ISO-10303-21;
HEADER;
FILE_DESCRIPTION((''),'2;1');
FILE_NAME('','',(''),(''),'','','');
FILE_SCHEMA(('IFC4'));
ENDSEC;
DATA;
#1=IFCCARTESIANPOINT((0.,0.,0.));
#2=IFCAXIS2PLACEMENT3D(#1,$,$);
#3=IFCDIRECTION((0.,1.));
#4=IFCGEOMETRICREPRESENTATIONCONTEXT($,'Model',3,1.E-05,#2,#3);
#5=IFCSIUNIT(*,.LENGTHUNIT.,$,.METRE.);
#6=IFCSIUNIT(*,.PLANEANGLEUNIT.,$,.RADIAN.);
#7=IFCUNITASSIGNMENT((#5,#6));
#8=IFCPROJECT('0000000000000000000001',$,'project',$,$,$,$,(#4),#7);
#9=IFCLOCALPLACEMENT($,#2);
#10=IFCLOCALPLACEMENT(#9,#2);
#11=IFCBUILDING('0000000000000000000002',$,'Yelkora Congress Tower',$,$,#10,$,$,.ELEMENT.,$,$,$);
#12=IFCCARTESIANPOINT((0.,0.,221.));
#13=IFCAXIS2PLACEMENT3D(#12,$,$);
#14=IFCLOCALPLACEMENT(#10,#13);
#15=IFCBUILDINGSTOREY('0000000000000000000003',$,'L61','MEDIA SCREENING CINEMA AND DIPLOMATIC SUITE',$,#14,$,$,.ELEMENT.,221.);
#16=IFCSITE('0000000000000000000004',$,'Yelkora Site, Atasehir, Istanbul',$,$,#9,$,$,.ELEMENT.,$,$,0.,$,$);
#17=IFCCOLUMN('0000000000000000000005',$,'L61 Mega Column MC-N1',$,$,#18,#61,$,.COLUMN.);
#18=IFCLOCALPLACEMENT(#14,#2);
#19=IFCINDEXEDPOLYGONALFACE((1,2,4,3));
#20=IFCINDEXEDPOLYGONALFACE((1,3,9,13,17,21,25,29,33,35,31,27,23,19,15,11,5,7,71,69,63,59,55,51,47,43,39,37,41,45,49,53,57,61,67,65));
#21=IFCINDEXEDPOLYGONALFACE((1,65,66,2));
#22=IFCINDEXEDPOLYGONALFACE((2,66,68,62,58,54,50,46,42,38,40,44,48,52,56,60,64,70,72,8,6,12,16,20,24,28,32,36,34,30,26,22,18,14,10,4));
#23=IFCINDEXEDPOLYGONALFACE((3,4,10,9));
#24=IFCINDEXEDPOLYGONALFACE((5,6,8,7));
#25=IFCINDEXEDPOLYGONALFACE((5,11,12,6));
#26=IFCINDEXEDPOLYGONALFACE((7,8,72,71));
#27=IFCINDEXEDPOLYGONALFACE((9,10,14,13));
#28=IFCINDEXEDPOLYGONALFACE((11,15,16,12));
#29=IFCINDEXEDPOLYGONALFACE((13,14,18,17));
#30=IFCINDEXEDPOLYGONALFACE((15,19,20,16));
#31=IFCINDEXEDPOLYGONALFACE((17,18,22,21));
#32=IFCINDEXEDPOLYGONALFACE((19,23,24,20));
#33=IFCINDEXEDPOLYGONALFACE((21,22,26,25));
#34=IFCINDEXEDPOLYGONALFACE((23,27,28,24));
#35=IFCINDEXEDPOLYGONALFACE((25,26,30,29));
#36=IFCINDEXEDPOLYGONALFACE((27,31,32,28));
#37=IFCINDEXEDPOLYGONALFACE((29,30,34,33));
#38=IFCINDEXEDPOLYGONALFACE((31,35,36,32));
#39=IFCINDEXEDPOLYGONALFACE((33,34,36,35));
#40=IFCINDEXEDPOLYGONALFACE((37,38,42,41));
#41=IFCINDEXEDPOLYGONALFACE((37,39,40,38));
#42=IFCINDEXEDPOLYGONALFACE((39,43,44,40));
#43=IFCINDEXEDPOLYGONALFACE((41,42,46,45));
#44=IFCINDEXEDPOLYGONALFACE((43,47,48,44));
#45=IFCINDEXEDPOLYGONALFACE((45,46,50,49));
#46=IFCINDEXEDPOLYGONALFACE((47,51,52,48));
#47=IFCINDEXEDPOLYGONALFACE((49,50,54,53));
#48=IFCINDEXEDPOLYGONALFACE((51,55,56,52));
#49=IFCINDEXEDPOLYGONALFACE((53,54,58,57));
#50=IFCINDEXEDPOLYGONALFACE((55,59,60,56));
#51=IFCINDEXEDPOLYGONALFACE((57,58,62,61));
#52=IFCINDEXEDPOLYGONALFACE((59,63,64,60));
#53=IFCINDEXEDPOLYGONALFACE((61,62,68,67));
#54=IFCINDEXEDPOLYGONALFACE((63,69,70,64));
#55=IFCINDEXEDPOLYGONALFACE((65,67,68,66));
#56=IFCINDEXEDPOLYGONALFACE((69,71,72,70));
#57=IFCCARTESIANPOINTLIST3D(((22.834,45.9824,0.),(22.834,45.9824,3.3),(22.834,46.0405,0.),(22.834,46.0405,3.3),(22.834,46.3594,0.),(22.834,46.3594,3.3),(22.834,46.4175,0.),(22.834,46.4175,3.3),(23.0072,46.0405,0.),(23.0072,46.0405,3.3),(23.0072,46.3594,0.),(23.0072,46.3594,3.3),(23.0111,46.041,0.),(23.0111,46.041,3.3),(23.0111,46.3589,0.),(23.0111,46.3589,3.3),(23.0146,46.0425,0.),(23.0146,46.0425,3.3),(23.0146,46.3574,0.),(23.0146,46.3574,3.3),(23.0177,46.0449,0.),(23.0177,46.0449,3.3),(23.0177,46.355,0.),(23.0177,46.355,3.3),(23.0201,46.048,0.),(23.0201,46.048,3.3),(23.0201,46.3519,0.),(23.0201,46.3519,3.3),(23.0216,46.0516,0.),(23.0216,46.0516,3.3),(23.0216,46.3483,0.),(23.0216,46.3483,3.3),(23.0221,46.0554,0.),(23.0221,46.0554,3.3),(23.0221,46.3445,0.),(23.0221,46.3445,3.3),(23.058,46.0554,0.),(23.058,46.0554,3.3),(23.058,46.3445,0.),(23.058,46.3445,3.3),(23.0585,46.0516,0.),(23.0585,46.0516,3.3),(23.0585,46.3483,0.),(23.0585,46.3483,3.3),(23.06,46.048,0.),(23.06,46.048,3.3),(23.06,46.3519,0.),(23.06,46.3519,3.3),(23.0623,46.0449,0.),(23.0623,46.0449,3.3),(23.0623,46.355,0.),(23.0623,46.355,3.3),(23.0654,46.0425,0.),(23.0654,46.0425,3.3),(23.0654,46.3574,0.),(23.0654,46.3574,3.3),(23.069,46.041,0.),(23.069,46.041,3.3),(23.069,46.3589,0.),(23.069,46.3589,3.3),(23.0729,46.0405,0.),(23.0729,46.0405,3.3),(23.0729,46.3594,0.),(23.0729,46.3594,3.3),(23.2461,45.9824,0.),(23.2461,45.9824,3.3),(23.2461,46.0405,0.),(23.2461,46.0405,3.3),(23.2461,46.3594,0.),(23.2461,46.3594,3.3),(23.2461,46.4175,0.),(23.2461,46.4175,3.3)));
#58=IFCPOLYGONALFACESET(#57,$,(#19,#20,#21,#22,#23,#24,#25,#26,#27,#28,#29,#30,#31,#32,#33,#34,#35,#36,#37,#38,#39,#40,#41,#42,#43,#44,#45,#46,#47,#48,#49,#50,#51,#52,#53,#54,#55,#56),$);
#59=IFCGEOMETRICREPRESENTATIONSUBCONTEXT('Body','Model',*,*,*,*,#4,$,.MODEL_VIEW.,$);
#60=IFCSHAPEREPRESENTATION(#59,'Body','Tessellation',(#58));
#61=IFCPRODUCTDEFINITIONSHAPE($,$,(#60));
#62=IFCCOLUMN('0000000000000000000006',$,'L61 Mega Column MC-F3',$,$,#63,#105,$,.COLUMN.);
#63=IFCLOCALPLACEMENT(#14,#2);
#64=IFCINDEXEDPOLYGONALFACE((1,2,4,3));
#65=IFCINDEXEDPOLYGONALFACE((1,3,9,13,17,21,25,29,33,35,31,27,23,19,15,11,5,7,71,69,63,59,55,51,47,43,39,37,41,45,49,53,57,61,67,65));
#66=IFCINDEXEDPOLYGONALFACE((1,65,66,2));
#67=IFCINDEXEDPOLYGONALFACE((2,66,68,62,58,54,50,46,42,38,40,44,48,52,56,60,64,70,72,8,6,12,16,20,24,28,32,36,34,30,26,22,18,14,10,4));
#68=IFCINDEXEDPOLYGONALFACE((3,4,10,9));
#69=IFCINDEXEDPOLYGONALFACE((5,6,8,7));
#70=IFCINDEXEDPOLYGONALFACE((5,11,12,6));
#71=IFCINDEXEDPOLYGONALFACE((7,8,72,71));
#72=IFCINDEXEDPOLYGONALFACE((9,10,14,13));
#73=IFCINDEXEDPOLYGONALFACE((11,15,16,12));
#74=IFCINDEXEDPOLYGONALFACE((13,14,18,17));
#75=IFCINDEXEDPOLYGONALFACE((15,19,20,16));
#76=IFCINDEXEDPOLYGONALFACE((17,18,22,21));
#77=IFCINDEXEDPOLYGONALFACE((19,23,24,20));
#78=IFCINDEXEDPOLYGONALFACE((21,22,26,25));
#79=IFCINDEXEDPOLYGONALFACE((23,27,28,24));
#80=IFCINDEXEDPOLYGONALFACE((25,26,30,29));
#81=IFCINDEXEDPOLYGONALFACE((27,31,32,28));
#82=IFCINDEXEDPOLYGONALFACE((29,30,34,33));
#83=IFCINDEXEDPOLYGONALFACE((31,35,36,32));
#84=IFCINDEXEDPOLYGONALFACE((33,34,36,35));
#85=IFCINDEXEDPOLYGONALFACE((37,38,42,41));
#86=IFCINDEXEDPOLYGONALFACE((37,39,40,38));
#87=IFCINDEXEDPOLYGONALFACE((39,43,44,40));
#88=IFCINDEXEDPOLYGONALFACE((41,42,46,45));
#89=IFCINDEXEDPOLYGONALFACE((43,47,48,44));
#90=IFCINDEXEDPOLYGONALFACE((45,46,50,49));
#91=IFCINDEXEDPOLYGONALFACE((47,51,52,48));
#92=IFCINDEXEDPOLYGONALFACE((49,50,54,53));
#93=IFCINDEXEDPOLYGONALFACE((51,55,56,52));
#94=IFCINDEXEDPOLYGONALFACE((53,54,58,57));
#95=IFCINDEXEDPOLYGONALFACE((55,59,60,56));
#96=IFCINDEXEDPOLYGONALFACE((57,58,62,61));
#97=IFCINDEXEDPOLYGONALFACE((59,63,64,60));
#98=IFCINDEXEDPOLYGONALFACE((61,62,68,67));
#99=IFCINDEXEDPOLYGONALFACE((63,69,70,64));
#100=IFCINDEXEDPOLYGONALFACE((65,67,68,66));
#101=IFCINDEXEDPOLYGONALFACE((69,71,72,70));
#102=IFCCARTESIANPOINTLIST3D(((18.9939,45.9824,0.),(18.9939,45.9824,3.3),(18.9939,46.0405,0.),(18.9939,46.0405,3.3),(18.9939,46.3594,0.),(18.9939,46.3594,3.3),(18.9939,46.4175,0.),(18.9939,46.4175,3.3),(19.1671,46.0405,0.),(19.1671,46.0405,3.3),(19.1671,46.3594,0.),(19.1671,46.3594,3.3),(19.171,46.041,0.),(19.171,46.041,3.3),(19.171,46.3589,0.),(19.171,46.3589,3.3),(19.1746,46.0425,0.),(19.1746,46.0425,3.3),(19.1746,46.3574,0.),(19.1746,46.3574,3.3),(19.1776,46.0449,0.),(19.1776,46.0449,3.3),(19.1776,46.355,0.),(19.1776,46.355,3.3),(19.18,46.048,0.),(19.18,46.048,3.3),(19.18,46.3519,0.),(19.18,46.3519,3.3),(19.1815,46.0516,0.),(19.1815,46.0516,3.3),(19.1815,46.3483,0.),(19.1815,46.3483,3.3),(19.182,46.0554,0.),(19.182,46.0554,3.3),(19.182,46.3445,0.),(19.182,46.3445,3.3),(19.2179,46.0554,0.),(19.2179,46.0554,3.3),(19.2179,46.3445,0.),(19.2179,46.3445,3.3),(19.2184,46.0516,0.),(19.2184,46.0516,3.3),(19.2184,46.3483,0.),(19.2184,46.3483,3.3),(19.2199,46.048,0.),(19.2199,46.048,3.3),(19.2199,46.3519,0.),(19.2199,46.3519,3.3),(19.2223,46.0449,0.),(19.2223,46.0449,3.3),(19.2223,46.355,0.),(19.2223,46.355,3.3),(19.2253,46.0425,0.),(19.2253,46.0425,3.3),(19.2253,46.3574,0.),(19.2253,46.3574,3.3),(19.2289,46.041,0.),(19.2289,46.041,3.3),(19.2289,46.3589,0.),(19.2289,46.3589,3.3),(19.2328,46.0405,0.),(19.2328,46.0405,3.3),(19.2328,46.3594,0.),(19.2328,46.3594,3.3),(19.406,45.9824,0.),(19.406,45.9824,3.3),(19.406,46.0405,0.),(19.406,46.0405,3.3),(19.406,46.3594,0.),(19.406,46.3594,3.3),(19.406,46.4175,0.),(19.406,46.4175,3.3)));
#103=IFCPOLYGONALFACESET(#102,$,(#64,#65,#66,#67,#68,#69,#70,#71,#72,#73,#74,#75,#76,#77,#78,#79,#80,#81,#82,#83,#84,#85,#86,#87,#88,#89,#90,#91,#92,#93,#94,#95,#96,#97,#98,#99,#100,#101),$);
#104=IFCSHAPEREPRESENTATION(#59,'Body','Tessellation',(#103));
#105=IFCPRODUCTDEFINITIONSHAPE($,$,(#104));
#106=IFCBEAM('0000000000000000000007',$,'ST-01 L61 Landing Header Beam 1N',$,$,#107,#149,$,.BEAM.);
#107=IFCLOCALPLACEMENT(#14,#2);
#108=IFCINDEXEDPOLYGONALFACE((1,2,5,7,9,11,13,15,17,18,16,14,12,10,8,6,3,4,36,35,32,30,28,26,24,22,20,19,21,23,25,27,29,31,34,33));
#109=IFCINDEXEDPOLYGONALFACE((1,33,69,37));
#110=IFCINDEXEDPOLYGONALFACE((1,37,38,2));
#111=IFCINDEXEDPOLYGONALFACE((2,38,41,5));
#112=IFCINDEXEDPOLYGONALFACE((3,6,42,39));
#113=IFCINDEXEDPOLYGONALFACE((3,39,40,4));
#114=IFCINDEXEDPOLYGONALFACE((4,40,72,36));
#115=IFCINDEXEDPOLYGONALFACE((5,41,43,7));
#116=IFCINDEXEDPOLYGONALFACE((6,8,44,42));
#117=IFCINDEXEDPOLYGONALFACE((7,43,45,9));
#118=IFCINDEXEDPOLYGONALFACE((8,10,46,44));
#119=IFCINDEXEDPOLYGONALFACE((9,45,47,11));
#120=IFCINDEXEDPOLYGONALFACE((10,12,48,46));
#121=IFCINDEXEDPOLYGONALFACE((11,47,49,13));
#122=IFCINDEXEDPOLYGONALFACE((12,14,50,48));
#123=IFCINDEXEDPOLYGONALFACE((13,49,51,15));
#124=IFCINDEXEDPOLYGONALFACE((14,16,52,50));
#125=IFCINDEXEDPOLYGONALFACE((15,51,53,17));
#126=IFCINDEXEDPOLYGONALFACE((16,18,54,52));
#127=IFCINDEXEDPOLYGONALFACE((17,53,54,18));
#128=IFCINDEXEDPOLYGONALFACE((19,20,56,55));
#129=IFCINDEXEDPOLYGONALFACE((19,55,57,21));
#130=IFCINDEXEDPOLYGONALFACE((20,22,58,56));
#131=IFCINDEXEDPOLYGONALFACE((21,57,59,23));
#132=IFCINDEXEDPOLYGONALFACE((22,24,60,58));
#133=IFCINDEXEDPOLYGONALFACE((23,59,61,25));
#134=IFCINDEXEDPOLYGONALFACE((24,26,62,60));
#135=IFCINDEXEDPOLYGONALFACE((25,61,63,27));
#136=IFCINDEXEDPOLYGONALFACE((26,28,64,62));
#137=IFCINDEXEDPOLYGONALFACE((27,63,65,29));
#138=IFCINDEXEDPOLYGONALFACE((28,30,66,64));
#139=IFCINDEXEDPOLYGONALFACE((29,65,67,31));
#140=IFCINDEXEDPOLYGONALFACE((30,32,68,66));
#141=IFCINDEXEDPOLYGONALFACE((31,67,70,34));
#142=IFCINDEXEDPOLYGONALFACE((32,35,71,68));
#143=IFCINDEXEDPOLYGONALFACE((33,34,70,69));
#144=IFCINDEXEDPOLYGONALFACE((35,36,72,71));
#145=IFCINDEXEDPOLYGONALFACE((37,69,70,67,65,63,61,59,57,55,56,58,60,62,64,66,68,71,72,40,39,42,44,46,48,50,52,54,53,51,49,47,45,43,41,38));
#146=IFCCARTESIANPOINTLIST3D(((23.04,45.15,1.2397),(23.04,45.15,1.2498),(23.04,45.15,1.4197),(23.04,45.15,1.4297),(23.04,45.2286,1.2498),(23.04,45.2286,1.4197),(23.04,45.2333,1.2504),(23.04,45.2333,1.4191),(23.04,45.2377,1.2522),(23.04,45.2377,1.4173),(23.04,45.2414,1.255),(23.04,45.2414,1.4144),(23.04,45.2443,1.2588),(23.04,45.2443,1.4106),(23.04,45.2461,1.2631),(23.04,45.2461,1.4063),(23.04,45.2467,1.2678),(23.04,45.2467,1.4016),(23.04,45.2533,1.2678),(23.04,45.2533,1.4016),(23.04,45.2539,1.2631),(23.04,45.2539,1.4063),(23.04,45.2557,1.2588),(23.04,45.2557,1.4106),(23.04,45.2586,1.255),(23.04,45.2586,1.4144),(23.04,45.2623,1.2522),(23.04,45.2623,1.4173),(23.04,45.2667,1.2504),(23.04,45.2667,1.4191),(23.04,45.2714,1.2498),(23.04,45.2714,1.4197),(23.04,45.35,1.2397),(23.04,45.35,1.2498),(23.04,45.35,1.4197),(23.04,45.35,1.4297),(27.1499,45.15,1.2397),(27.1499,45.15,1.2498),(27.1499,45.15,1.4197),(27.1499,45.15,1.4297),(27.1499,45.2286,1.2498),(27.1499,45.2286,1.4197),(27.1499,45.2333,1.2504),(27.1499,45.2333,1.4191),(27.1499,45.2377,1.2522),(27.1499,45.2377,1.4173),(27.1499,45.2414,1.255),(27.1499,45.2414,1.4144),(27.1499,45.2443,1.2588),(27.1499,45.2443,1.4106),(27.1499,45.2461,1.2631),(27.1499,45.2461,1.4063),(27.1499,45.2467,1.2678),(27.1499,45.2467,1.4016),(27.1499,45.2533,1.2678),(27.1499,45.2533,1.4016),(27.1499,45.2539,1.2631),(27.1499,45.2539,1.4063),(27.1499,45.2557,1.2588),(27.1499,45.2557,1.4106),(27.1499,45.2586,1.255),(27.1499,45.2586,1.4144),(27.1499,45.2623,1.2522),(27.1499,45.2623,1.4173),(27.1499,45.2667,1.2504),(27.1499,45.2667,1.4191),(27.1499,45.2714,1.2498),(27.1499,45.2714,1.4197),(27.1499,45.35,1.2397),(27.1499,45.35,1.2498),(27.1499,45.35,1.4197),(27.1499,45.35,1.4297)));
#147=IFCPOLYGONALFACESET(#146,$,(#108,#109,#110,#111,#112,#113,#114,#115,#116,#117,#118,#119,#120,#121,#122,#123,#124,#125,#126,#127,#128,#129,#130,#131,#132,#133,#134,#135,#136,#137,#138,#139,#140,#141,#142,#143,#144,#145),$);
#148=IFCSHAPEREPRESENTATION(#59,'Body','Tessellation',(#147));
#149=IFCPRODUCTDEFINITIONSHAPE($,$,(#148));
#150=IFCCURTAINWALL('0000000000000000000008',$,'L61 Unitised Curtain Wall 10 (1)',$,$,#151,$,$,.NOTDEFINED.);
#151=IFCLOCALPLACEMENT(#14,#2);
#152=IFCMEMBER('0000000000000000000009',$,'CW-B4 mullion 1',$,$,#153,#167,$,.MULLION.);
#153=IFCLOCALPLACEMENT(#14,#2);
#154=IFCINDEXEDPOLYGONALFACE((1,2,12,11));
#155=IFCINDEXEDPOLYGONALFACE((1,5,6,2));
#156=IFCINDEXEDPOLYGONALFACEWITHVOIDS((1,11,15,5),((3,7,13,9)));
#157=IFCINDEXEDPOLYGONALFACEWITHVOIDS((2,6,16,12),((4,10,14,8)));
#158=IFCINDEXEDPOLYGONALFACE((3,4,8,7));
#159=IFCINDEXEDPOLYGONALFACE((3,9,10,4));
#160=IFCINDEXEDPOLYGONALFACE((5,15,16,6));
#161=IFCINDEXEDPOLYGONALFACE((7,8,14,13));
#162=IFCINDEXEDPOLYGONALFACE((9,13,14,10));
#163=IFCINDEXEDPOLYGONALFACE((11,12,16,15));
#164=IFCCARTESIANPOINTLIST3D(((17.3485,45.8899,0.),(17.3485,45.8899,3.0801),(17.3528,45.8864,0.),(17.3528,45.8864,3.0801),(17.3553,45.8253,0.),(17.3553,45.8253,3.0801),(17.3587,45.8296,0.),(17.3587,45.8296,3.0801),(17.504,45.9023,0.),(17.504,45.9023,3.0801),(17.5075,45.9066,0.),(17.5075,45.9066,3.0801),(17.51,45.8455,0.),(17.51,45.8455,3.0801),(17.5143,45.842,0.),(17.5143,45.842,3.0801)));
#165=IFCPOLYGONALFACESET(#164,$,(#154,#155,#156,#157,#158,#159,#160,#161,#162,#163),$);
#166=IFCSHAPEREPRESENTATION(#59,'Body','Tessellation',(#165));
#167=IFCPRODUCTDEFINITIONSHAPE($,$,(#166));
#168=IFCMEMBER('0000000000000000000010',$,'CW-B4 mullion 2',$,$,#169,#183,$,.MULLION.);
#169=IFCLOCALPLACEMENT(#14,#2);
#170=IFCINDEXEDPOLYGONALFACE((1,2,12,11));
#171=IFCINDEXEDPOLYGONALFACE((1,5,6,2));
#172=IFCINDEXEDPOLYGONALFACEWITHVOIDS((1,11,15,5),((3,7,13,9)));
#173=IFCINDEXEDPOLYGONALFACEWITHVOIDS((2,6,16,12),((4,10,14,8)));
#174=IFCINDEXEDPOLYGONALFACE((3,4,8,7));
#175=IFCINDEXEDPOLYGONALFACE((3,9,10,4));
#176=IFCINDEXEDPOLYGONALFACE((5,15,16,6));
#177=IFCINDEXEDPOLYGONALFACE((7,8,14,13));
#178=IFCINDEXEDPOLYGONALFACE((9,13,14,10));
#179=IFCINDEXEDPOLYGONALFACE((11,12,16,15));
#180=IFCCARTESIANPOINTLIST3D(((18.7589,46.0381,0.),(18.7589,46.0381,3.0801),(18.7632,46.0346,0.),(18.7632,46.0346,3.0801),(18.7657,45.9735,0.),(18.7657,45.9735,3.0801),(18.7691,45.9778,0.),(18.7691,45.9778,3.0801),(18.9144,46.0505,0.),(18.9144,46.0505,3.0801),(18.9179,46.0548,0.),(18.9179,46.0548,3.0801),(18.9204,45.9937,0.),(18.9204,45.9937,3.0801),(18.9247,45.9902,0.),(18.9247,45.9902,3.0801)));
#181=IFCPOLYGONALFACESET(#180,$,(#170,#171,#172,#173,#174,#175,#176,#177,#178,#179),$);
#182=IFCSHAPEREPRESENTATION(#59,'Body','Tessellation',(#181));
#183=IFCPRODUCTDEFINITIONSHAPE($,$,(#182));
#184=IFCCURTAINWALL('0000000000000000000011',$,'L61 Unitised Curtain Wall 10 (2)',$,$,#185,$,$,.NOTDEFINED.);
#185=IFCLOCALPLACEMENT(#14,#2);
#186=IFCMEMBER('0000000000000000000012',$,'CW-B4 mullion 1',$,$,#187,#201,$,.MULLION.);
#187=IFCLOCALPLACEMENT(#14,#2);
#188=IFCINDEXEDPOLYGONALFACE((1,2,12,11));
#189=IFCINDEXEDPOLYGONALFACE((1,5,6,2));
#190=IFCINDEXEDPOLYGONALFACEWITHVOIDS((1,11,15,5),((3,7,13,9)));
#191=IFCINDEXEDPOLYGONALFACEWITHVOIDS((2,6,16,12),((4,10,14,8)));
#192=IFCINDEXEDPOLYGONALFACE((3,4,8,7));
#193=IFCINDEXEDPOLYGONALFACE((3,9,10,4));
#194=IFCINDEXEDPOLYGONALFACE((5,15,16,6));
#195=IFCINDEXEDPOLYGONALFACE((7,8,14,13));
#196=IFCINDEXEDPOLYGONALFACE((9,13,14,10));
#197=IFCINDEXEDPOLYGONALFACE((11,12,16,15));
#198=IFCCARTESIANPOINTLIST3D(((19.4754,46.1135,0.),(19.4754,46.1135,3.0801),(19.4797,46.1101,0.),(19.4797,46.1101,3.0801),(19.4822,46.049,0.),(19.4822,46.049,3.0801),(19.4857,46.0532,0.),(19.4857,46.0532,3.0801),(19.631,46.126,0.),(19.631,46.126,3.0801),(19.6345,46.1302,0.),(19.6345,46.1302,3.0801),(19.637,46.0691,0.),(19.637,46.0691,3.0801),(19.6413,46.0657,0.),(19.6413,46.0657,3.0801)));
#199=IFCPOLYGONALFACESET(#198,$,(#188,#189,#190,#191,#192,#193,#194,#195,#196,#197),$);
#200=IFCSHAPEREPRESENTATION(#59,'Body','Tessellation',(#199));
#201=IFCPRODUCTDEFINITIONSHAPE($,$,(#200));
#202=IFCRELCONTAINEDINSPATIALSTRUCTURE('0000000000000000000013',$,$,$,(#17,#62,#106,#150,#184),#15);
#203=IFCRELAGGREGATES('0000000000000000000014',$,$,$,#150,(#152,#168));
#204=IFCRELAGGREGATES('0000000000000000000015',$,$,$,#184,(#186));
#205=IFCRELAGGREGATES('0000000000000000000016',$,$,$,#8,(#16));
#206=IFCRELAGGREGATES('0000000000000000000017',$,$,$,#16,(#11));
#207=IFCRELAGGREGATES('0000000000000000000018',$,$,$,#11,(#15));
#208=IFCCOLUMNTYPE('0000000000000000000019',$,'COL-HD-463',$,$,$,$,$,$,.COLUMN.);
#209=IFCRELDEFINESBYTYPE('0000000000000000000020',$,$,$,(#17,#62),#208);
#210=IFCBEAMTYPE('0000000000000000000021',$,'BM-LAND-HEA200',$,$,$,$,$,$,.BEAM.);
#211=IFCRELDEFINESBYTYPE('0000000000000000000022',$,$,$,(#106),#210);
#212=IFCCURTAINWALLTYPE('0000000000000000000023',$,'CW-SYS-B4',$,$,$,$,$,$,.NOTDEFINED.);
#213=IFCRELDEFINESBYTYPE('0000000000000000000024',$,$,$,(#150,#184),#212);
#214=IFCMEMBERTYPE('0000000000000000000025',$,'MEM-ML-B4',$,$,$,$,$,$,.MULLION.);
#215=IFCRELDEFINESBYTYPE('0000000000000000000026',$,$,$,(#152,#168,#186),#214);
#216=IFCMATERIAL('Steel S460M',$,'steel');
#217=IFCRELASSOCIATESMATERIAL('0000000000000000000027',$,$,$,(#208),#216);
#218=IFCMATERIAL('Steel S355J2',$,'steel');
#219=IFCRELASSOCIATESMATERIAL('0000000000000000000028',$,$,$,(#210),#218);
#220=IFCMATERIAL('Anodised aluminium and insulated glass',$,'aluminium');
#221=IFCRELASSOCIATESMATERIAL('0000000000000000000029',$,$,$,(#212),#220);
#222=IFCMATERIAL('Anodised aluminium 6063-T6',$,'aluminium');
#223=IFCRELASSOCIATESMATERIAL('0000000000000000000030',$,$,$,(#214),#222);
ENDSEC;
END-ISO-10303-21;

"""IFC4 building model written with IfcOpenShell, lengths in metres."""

from ifc_helpers import new_model, si_unit, direction, frame, origin, origin_2d, place, context, subcontext, project, spatial, hollow_rectangle, i_section, extrude, material, material_profile, profile_set, type_object, element, aggregate, save


model = new_model("IFC4")

# Units and contexts
model_context = context("Model", 3, precision=1e-05, world=origin(), true_north=direction((0.0, 1.0)))
body_context = subcontext(model_context, "Body", "Model", "MODEL_VIEW")
ifc_project = project(units=[si_unit("LENGTHUNIT", "METRE"), si_unit("PLANEANGLEUNIT", "RADIAN")], contexts=[model_context])

# Site, building, storey
site_placement = place(None, origin())
site = spatial("IfcSite", under=ifc_project, at=site_placement, Name="Yelkora Site, Atasehir, Istanbul", CompositionType="ELEMENT", RefElevation=0.0)
building_placement = place(site_placement, origin())
building = spatial("IfcBuilding", under=site, at=building_placement, Name="Yelkora Congress Tower", CompositionType="ELEMENT")
storey_placement = place(building_placement, frame((0.0, 0.0, 221.0)))
storey = spatial("IfcBuildingStorey", under=building, at=storey_placement, Name="L61", Description="MEDIA SCREENING CINEMA AND DIPLOMATIC SUITE", CompositionType="ELEMENT", Elevation=221.0)

# Columns
ifc_material_1 = material(Name="Steel S460M", Category="steel")
ifc_material_profile_1 = material_profile(ifc_material_1, i_section(OverallWidth=0.4121, OverallDepth=0.4351, WebThickness=0.0359, FlangeThickness=0.0581, FilletRadius=0.0149, at=origin_2d()), Name="HD 400x463")
ifc_profile_set_1 = profile_set([ifc_material_profile_1], Name="Steel S460M")
column_type = type_object("IfcColumnType", Name="COL-HD-463", PredefinedType="COLUMN", material=ifc_profile_set_1)
for number, where, z_axis, x_axis, name in (
    (1, (23.04, 46.2, 0.0), (0.0, 0.0, 1.0), (1.0, 0.0, 0.0), "L61 Mega Column MC-N1"),
    (2, (19.2, 46.2, 0.0), (0.0, 0.0, 1.0), (1.0, 0.0, 0.0), "L61 Mega Column MC-F3"),
):
    element("IfcColumn", number, at=place(storey_placement, frame(where, z_axis=z_axis, x_axis=x_axis)), inside=storey, type_object=column_type, Name=name, PredefinedType="COLUMN", context=body_context, shape_type="SweptSolid", body=[
        extrude(i_section(OverallWidth=0.4121, OverallDepth=0.4351, WebThickness=0.0359, FlangeThickness=0.0581, FilletRadius=0.0149, at=origin_2d()), origin(), (0.0, 0.0, 1.0), 3.3),
    ])

# Beam
ifc_material_2 = material(Name="Steel S355J2", Category="steel")
ifc_material_profile_2 = material_profile(ifc_material_2, i_section(OverallWidth=0.2, OverallDepth=0.1899, WebThickness=0.0066, FlangeThickness=0.01, FilletRadius=0.0181, at=origin_2d()), Name="HEA 200")
ifc_profile_set_2 = profile_set([ifc_material_profile_2], Name="Steel S355J2")
beam_type = type_object("IfcBeamType", Name="BM-LAND-HEA200", PredefinedType="BEAM", material=ifc_profile_set_2)
beam_placement = place(storey_placement, frame((23.04, 45.25, 1.3347), z_axis=(1.0, 0.0, 0.0), x_axis=(0.0, 1.0, 0.0)))
element("IfcBeam", 3, at=beam_placement, inside=storey, type_object=beam_type, Name="ST-01 L61 Landing Header Beam 1N", PredefinedType="BEAM", context=body_context, shape_type="SweptSolid", body=[
    extrude(i_section(OverallWidth=0.2, OverallDepth=0.1899, WebThickness=0.0066, FlangeThickness=0.01, FilletRadius=0.0181, at=origin_2d()), origin(), (0.0, 0.0, 1.0), 4.1099),
])

# Curtain walls, members
ifc_material_3 = material(Name="Anodised aluminium and insulated glass", Category="aluminium")
curtain_wall_type = type_object("IfcCurtainWallType", Name="CW-SYS-B4", PredefinedType="NOTDEFINED", material=ifc_material_3)
curtain_wall_1_placement = place(storey_placement, origin())
curtain_wall_1 = element("IfcCurtainWall", 4, at=curtain_wall_1_placement, inside=storey, type_object=curtain_wall_type, Name="L61 Unitised Curtain Wall 10 (1)", PredefinedType="NOTDEFINED")
ifc_material_4 = material(Name="Anodised aluminium 6063-T6", Category="aluminium")
ifc_material_profile_3 = material_profile(ifc_material_4, hollow_rectangle(XDim=0.0649, YDim=0.1599, WallThickness=0.0039, at=origin_2d()), Name="ALU 65x160x4")
ifc_profile_set_3 = profile_set([ifc_material_profile_3], Name="Anodised aluminium 6063-T6")
member_type_1 = type_object("IfcMemberType", Name="MEM-ML-B4", PredefinedType="MULLION", material=ifc_profile_set_3)
member_1_placement = place(storey_placement, frame((17.4314, 45.866, 0.0), z_axis=(0.0, 0.0, 1.0), x_axis=(-0.104509, 0.994524, 0.0)))
member_1 = element("IfcMember", 5, at=member_1_placement, type_object=member_type_1, Name="CW-B4 mullion 1", PredefinedType="MULLION", context=body_context, shape_type="SweptSolid", body=[
    extrude(hollow_rectangle(XDim=0.0649, YDim=0.1599, WallThickness=0.0039, at=origin_2d()), origin(), (0.0, 0.0, 1.0), 3.0801),
])
member_2_placement = place(storey_placement, frame((18.8418, 46.0142, 0.0), z_axis=(0.0, 0.0, 1.0), x_axis=(-0.104509, 0.994524, 0.0)))
member_2 = element("IfcMember", 6, at=member_2_placement, type_object=member_type_1, Name="CW-B4 mullion 2", PredefinedType="MULLION", context=body_context, shape_type="SweptSolid", body=[
    extrude(hollow_rectangle(XDim=0.0649, YDim=0.1599, WallThickness=0.0039, at=origin_2d()), origin(), (0.0, 0.0, 1.0), 3.0801),
])
curtain_wall_2_placement = place(storey_placement, origin())
curtain_wall_2 = element("IfcCurtainWall", 7, at=curtain_wall_2_placement, inside=storey, type_object=curtain_wall_type, Name="L61 Unitised Curtain Wall 10 (2)", PredefinedType="NOTDEFINED")
member_3_placement = place(storey_placement, frame((19.5583, 46.0896, 0.0), z_axis=(0.0, 0.0, 1.0), x_axis=(-0.104506, 0.994524, 0.0)))
member_3 = element("IfcMember", 8, at=member_3_placement, type_object=member_type_1, Name="CW-B4 mullion 1", PredefinedType="MULLION", context=body_context, shape_type="SweptSolid", body=[
    extrude(hollow_rectangle(XDim=0.0649, YDim=0.1599, WallThickness=0.0039, at=origin_2d()), origin(), (0.0, 0.0, 1.0), 3.0801),
])

aggregate(curtain_wall_1, [member_1, member_2])
aggregate(curtain_wall_2, [member_3])

save(model, "model.ifc")
